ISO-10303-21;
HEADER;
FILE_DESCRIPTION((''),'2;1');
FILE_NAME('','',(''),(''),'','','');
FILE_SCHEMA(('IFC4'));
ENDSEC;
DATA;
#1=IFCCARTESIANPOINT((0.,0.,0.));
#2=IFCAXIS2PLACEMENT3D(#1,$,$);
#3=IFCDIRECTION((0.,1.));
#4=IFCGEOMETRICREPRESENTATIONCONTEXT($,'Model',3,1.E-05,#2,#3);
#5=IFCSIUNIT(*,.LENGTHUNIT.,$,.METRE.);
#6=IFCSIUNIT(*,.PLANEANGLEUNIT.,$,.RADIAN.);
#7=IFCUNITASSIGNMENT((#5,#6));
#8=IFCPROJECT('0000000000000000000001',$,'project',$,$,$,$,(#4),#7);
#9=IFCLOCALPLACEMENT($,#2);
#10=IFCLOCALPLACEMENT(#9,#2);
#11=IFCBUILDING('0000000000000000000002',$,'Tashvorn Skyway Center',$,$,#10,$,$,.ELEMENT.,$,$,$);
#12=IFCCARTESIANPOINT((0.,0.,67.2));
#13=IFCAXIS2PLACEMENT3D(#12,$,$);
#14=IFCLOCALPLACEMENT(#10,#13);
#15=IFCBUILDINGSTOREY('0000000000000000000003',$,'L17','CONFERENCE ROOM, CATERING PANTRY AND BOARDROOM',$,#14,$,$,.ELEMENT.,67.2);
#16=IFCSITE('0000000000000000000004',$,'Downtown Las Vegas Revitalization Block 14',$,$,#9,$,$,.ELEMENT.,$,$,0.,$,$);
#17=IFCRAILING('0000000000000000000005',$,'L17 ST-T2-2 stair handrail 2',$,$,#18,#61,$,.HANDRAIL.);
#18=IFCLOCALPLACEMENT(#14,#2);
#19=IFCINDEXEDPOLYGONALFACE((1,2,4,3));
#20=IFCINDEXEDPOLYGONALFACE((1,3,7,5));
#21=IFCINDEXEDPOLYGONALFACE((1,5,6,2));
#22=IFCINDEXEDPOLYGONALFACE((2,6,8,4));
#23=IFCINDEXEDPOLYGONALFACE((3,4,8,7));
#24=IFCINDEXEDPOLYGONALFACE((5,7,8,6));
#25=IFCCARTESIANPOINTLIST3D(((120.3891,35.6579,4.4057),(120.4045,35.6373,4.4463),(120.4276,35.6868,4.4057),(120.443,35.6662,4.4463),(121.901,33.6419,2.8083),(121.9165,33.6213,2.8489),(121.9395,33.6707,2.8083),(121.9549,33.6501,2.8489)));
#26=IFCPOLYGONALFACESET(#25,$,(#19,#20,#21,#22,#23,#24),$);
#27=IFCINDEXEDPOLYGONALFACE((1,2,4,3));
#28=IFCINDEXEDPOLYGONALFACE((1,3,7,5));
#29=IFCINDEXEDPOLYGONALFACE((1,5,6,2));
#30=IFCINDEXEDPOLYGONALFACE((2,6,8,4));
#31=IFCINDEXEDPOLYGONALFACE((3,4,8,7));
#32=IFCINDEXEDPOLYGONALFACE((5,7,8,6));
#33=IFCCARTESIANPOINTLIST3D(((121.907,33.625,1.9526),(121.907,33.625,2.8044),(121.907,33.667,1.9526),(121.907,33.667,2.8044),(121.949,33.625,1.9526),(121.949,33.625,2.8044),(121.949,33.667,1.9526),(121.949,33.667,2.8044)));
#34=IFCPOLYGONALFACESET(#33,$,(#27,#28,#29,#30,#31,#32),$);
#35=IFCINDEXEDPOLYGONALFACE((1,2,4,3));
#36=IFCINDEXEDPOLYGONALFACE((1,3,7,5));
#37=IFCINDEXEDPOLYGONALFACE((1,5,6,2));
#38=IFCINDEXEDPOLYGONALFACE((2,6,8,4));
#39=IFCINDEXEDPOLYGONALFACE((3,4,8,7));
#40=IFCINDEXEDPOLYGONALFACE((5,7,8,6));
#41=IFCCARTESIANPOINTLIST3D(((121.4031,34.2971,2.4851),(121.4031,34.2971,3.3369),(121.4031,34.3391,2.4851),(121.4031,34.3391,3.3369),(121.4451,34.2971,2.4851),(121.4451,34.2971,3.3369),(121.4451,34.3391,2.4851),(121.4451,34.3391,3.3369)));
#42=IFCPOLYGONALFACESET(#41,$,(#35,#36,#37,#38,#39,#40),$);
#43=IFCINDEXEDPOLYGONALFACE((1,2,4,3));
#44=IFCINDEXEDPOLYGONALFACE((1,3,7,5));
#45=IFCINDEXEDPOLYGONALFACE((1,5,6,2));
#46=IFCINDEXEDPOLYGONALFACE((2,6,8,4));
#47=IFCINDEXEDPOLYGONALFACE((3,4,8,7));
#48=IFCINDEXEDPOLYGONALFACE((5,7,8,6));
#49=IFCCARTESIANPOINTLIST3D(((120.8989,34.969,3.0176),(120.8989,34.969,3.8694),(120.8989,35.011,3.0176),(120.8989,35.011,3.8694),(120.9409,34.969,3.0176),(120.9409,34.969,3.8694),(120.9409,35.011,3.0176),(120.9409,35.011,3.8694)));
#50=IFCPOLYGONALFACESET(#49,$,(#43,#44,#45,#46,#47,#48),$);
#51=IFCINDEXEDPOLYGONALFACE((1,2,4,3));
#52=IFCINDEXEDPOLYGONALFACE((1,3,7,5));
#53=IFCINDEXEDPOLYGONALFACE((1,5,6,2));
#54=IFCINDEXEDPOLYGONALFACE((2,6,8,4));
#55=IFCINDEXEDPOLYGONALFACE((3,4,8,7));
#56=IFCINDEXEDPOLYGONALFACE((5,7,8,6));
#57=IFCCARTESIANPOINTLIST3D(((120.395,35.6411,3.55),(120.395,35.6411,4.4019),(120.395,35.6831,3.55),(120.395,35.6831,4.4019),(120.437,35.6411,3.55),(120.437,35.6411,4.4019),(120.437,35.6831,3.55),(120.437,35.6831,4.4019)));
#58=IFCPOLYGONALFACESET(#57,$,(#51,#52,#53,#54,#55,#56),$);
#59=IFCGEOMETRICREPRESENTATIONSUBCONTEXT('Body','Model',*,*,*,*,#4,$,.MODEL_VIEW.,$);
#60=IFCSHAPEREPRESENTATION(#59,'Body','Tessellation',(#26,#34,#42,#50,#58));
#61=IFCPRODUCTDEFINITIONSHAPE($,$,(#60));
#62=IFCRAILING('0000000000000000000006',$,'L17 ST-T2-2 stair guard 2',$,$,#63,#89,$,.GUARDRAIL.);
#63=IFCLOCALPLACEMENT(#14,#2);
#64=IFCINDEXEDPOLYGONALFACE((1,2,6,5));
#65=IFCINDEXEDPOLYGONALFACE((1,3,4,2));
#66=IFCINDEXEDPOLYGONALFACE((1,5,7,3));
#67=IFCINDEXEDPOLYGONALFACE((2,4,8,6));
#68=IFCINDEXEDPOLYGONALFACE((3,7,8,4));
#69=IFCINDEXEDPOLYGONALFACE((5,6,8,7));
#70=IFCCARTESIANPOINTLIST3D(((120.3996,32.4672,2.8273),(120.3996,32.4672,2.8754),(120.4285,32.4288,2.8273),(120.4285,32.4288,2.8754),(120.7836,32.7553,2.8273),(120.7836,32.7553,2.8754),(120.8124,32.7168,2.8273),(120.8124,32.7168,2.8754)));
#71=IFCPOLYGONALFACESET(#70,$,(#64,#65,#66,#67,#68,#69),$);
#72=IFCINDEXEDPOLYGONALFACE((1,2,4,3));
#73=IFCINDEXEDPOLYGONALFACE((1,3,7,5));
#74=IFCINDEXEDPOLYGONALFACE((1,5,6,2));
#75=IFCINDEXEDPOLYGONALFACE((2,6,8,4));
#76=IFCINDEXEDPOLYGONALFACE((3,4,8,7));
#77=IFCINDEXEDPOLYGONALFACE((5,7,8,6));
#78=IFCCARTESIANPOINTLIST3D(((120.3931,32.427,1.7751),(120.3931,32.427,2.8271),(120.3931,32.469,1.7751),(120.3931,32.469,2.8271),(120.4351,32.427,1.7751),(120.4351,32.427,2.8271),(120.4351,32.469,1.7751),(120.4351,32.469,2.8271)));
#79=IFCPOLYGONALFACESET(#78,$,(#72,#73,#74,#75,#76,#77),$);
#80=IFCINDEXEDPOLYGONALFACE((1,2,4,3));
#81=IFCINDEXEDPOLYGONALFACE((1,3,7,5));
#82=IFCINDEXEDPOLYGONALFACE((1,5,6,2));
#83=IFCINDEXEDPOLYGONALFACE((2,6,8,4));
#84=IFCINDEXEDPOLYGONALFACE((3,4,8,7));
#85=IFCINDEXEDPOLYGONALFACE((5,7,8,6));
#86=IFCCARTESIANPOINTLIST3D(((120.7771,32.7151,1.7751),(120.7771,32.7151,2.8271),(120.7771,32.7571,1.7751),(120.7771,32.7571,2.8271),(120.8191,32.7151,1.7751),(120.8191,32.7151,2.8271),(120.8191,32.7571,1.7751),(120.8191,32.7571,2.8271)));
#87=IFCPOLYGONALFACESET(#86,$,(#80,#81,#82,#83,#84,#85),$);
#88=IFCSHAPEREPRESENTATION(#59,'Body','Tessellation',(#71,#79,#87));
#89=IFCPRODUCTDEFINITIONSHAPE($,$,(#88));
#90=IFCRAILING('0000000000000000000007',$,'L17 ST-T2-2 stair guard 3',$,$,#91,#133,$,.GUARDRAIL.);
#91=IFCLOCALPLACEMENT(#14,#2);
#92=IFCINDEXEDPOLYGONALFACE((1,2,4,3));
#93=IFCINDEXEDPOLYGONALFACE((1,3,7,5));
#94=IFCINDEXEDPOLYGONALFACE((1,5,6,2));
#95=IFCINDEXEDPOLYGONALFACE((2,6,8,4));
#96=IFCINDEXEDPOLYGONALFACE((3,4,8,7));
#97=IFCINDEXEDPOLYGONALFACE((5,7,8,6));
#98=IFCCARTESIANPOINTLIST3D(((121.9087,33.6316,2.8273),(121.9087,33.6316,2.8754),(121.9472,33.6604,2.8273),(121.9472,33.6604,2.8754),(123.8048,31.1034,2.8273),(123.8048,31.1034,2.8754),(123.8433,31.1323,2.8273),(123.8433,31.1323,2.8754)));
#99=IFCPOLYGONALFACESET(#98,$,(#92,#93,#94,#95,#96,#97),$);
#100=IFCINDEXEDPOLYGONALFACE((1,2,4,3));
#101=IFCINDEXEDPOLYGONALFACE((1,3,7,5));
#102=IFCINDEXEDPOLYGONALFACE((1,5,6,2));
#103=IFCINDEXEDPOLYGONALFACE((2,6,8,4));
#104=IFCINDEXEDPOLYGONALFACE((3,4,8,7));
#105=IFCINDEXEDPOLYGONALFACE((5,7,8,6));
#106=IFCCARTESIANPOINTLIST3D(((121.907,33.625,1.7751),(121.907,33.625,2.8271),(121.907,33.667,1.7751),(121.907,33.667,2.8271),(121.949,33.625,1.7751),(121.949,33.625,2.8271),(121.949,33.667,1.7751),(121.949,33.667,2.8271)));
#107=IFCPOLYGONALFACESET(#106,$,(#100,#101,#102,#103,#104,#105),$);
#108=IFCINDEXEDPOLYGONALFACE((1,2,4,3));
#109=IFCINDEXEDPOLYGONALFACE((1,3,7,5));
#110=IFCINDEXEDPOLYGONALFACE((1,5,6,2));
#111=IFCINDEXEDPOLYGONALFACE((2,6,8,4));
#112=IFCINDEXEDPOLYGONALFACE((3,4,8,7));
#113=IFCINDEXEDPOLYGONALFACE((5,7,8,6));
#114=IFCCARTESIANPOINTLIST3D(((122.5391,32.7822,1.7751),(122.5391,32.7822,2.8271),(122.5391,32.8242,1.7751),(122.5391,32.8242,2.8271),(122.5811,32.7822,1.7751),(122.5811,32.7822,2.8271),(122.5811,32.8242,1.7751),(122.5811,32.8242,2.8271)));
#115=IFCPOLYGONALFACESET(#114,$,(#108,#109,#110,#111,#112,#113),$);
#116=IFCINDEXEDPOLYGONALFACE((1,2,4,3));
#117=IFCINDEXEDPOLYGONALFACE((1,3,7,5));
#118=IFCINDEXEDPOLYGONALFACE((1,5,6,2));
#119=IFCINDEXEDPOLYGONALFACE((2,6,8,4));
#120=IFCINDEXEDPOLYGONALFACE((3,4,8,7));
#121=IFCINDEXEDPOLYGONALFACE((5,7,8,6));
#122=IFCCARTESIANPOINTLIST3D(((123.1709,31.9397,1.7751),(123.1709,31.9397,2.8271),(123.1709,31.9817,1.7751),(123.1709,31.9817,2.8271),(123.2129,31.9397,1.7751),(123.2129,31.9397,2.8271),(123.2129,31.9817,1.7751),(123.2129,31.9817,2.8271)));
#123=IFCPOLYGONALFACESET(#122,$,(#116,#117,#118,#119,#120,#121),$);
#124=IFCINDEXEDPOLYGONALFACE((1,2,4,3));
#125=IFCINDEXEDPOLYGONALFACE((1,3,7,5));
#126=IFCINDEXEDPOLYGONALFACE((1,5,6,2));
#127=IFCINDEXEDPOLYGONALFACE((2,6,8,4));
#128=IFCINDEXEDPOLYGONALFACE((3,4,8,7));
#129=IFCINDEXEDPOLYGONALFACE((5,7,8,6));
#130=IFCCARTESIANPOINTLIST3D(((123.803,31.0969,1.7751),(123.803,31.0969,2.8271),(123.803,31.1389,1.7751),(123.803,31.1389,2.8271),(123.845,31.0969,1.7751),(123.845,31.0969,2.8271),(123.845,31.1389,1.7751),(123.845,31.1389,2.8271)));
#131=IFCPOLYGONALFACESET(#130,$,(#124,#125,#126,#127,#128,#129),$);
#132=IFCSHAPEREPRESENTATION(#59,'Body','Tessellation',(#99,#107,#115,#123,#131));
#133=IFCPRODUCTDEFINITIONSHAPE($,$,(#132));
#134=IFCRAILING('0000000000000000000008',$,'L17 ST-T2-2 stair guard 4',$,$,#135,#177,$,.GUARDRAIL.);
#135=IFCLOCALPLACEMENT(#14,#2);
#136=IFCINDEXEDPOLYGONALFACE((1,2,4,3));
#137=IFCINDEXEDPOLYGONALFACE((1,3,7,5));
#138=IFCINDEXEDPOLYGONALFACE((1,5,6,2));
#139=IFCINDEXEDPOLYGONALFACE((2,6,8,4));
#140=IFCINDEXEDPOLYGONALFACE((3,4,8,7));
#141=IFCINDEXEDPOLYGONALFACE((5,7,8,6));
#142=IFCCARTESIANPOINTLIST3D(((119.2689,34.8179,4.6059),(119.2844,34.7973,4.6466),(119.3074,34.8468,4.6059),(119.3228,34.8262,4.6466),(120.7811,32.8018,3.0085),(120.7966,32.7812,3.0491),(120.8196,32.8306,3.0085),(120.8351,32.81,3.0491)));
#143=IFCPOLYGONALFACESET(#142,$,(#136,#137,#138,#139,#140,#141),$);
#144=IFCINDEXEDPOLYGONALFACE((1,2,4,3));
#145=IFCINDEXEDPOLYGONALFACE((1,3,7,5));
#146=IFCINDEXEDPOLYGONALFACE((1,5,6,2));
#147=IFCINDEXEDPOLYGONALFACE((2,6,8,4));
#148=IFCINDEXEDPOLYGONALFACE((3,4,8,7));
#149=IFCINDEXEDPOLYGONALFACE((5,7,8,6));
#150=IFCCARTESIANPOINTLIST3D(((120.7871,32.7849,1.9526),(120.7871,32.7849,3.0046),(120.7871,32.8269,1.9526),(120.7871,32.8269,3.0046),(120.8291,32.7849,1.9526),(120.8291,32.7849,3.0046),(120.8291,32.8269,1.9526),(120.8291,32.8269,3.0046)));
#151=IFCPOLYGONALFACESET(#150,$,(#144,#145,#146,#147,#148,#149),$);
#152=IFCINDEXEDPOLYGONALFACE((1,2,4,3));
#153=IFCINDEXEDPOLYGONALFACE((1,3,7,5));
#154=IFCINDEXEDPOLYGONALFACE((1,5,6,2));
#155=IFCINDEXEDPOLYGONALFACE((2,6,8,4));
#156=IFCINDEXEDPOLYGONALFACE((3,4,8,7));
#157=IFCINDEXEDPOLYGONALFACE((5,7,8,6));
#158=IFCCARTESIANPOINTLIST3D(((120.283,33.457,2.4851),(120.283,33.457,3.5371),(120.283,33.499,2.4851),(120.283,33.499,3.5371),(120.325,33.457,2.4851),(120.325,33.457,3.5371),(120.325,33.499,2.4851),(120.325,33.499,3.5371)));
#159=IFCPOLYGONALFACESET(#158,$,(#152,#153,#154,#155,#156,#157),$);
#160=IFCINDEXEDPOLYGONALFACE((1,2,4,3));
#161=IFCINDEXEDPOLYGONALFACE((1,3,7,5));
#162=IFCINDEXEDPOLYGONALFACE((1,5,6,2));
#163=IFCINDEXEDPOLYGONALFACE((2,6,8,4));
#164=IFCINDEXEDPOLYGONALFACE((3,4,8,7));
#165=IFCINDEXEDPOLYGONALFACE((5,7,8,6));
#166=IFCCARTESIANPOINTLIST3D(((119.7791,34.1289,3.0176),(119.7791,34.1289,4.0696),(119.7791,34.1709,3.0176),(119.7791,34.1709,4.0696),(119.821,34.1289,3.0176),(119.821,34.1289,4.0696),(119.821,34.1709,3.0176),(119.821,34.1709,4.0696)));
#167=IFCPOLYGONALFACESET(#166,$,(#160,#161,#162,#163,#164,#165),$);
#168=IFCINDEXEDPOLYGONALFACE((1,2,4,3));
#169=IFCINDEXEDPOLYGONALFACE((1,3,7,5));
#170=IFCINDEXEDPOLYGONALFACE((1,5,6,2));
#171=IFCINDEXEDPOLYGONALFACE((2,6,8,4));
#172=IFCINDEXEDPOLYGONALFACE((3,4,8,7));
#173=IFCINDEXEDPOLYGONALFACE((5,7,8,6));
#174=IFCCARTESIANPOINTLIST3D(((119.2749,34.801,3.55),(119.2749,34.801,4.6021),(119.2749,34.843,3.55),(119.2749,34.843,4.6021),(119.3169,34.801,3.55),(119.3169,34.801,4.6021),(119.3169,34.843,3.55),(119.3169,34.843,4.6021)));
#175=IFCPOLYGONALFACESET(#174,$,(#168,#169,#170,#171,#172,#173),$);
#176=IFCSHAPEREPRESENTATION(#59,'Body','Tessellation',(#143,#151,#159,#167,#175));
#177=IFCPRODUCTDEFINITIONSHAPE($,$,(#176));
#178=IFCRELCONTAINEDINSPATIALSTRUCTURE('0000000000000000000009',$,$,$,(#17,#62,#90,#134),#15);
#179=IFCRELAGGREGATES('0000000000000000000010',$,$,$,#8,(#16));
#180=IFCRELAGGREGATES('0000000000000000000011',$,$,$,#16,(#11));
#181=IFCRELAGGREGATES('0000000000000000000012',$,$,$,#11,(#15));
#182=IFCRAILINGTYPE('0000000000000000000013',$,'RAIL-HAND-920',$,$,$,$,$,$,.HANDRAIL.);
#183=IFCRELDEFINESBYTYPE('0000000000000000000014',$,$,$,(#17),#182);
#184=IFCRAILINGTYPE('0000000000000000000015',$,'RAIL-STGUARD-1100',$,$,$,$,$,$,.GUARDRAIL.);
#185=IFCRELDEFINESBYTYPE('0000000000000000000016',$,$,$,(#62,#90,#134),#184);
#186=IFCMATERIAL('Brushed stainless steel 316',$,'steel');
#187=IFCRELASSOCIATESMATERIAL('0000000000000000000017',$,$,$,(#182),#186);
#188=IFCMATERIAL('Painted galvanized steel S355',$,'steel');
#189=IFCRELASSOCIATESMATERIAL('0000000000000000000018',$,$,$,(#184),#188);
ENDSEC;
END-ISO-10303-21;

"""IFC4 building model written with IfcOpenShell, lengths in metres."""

from ifc_helpers import new_model, si_unit, direction, frame, origin, origin_2d, place, context, subcontext, project, spatial, rectangle, extrude, material, type_object, element, save


model = new_model("IFC4")

# Units and contexts
model_context = context("Model", 3, precision=1e-05, world=origin(), true_north=direction((0.0, 1.0)))
body_context = subcontext(model_context, "Body", "Model", "MODEL_VIEW")
ifc_project = project(units=[si_unit("LENGTHUNIT", "METRE"), si_unit("PLANEANGLEUNIT", "RADIAN")], contexts=[model_context])

# Site, building, storey
site_placement = place(None, origin())
site = spatial("IfcSite", under=ifc_project, at=site_placement, Name="Downtown Las Vegas Revitalization Block 14", CompositionType="ELEMENT", RefElevation=0.0)
building_placement = place(site_placement, origin())
building = spatial("IfcBuilding", under=site, at=building_placement, Name="Tashvorn Skyway Center", CompositionType="ELEMENT")
storey_placement = place(building_placement, frame((0.0, 0.0, 67.2)))
storey = spatial("IfcBuildingStorey", under=building, at=storey_placement, Name="L17", Description="CONFERENCE ROOM, CATERING PANTRY AND BOARDROOM", CompositionType="ELEMENT", Elevation=67.2)

# Railings
ifc_material_1 = material(Name="Brushed stainless steel 316", Category="steel")
railing_type_1 = type_object("IfcRailingType", Name="RAIL-HAND-920", PredefinedType="HANDRAIL", material=ifc_material_1)
railing_1_placement = place(storey_placement, frame((121.928, 33.646, 1.9526)))
element("IfcRailing", 1, at=railing_1_placement, inside=storey, type_object=railing_type_1, Name="L17 ST-T2-2 stair handrail 2", PredefinedType="HANDRAIL", context=body_context, shape_type="SweptSolid", body=[
    extrude(rectangle(XDim=0.0481, YDim=0.0481, at=origin_2d()), frame((0.0, 0.0, 0.876), z_axis=(-0.506741, 0.675709, 0.535379), x_axis=(-0.800023, -0.599969, 0.0)), (0.0, 0.0, 1.0), 2.9836),
    extrude(rectangle(XDim=0.042, YDim=0.042, at=origin_2d()), origin(), (0.0, 0.0, 1.0), 0.8518),
    extrude(rectangle(XDim=0.042, YDim=0.042, at=origin_2d()), frame((-0.5039, 0.6721, 0.5325)), (0.0, 0.0, 1.0), 0.8518),
    extrude(rectangle(XDim=0.042, YDim=0.042, at=origin_2d()), frame((-1.0081, 1.344, 1.0649)), (0.0, 0.0, 1.0), 0.8518),
    extrude(rectangle(XDim=0.042, YDim=0.042, at=origin_2d()), frame((-1.512, 2.0161, 1.5974)), (0.0, 0.0, 1.0), 0.8518),
])
ifc_material_2 = material(Name="Painted galvanized steel S355", Category="steel")
railing_type_2 = type_object("IfcRailingType", Name="RAIL-STGUARD-1100", PredefinedType="GUARDRAIL", material=ifc_material_2)
railing_2_placement = place(storey_placement, frame((120.4141, 32.448, 1.7751)))
element("IfcRailing", 2, at=railing_2_placement, inside=storey, type_object=railing_type_2, Name="L17 ST-T2-2 stair guard 2", PredefinedType="GUARDRAIL", context=body_context, shape_type="SweptSolid", body=[
    extrude(rectangle(XDim=0.0481, YDim=0.0481, at=origin_2d()), frame((0.0, 0.0, 1.0762), z_axis=(0.799939, 0.600081, 0.0), x_axis=(-0.600081, 0.799939, 0.0)), (0.0, 0.0, 1.0), 0.48),
    extrude(rectangle(XDim=0.042, YDim=0.042, at=origin_2d()), origin(), (0.0, 0.0, 1.0), 1.052),
    extrude(rectangle(XDim=0.042, YDim=0.042, at=origin_2d()), frame((0.384, 0.2881, 0.0)), (0.0, 0.0, 1.0), 1.052),
])
railing_3_placement = place(storey_placement, frame((121.928, 33.646, 1.7751)))
element("IfcRailing", 3, at=railing_3_placement, inside=storey, type_object=railing_type_2, Name="L17 ST-T2-2 stair guard 3", PredefinedType="GUARDRAIL", context=body_context, shape_type="SweptSolid", body=[
    extrude(rectangle(XDim=0.0481, YDim=0.0481, at=origin_2d()), frame((0.0, 0.0, 1.0762), z_axis=(0.599988, -0.800009, 0.0), x_axis=(0.800009, 0.599988, 0.0)), (0.0, 0.0, 1.0), 3.1602),
    extrude(rectangle(XDim=0.042, YDim=0.042, at=origin_2d()), origin(), (0.0, 0.0, 1.0), 1.052),
    extrude(rectangle(XDim=0.042, YDim=0.042, at=origin_2d()), frame((0.6321, -0.8428, 0.0)), (0.0, 0.0, 1.0), 1.052),
    extrude(rectangle(XDim=0.042, YDim=0.042, at=origin_2d()), frame((1.2639, -1.6853, 0.0)), (0.0, 0.0, 1.0), 1.052),
    extrude(rectangle(XDim=0.042, YDim=0.042, at=origin_2d()), frame((1.896, -2.5281, 0.0)), (0.0, 0.0, 1.0), 1.052),
])
railing_4_placement = place(storey_placement, frame((120.8081, 32.8059, 1.9526)))
element("IfcRailing", 4, at=railing_4_placement, inside=storey, type_object=railing_type_2, Name="L17 ST-T2-2 stair guard 4", PredefinedType="GUARDRAIL", context=body_context, shape_type="SweptSolid", body=[
    extrude(rectangle(XDim=0.0481, YDim=0.0481, at=origin_2d()), frame((0.0, 0.0, 1.0762), z_axis=(-0.506802, 0.675681, 0.535357), x_axis=(-0.799977, -0.600031, 0.0)), (0.0, 0.0, 1.0), 2.9839),
    extrude(rectangle(XDim=0.042, YDim=0.042, at=origin_2d()), origin(), (0.0, 0.0, 1.0), 1.052),
    extrude(rectangle(XDim=0.042, YDim=0.042, at=origin_2d()), frame((-0.5042, 0.6721, 0.5325)), (0.0, 0.0, 1.0), 1.052),
    extrude(rectangle(XDim=0.042, YDim=0.042, at=origin_2d()), frame((-1.0081, 1.344, 1.0649)), (0.0, 0.0, 1.0), 1.052),
    extrude(rectangle(XDim=0.042, YDim=0.042, at=origin_2d()), frame((-1.5122, 2.0161, 1.5974)), (0.0, 0.0, 1.0), 1.052),
])

save(model, "model.ifc")
